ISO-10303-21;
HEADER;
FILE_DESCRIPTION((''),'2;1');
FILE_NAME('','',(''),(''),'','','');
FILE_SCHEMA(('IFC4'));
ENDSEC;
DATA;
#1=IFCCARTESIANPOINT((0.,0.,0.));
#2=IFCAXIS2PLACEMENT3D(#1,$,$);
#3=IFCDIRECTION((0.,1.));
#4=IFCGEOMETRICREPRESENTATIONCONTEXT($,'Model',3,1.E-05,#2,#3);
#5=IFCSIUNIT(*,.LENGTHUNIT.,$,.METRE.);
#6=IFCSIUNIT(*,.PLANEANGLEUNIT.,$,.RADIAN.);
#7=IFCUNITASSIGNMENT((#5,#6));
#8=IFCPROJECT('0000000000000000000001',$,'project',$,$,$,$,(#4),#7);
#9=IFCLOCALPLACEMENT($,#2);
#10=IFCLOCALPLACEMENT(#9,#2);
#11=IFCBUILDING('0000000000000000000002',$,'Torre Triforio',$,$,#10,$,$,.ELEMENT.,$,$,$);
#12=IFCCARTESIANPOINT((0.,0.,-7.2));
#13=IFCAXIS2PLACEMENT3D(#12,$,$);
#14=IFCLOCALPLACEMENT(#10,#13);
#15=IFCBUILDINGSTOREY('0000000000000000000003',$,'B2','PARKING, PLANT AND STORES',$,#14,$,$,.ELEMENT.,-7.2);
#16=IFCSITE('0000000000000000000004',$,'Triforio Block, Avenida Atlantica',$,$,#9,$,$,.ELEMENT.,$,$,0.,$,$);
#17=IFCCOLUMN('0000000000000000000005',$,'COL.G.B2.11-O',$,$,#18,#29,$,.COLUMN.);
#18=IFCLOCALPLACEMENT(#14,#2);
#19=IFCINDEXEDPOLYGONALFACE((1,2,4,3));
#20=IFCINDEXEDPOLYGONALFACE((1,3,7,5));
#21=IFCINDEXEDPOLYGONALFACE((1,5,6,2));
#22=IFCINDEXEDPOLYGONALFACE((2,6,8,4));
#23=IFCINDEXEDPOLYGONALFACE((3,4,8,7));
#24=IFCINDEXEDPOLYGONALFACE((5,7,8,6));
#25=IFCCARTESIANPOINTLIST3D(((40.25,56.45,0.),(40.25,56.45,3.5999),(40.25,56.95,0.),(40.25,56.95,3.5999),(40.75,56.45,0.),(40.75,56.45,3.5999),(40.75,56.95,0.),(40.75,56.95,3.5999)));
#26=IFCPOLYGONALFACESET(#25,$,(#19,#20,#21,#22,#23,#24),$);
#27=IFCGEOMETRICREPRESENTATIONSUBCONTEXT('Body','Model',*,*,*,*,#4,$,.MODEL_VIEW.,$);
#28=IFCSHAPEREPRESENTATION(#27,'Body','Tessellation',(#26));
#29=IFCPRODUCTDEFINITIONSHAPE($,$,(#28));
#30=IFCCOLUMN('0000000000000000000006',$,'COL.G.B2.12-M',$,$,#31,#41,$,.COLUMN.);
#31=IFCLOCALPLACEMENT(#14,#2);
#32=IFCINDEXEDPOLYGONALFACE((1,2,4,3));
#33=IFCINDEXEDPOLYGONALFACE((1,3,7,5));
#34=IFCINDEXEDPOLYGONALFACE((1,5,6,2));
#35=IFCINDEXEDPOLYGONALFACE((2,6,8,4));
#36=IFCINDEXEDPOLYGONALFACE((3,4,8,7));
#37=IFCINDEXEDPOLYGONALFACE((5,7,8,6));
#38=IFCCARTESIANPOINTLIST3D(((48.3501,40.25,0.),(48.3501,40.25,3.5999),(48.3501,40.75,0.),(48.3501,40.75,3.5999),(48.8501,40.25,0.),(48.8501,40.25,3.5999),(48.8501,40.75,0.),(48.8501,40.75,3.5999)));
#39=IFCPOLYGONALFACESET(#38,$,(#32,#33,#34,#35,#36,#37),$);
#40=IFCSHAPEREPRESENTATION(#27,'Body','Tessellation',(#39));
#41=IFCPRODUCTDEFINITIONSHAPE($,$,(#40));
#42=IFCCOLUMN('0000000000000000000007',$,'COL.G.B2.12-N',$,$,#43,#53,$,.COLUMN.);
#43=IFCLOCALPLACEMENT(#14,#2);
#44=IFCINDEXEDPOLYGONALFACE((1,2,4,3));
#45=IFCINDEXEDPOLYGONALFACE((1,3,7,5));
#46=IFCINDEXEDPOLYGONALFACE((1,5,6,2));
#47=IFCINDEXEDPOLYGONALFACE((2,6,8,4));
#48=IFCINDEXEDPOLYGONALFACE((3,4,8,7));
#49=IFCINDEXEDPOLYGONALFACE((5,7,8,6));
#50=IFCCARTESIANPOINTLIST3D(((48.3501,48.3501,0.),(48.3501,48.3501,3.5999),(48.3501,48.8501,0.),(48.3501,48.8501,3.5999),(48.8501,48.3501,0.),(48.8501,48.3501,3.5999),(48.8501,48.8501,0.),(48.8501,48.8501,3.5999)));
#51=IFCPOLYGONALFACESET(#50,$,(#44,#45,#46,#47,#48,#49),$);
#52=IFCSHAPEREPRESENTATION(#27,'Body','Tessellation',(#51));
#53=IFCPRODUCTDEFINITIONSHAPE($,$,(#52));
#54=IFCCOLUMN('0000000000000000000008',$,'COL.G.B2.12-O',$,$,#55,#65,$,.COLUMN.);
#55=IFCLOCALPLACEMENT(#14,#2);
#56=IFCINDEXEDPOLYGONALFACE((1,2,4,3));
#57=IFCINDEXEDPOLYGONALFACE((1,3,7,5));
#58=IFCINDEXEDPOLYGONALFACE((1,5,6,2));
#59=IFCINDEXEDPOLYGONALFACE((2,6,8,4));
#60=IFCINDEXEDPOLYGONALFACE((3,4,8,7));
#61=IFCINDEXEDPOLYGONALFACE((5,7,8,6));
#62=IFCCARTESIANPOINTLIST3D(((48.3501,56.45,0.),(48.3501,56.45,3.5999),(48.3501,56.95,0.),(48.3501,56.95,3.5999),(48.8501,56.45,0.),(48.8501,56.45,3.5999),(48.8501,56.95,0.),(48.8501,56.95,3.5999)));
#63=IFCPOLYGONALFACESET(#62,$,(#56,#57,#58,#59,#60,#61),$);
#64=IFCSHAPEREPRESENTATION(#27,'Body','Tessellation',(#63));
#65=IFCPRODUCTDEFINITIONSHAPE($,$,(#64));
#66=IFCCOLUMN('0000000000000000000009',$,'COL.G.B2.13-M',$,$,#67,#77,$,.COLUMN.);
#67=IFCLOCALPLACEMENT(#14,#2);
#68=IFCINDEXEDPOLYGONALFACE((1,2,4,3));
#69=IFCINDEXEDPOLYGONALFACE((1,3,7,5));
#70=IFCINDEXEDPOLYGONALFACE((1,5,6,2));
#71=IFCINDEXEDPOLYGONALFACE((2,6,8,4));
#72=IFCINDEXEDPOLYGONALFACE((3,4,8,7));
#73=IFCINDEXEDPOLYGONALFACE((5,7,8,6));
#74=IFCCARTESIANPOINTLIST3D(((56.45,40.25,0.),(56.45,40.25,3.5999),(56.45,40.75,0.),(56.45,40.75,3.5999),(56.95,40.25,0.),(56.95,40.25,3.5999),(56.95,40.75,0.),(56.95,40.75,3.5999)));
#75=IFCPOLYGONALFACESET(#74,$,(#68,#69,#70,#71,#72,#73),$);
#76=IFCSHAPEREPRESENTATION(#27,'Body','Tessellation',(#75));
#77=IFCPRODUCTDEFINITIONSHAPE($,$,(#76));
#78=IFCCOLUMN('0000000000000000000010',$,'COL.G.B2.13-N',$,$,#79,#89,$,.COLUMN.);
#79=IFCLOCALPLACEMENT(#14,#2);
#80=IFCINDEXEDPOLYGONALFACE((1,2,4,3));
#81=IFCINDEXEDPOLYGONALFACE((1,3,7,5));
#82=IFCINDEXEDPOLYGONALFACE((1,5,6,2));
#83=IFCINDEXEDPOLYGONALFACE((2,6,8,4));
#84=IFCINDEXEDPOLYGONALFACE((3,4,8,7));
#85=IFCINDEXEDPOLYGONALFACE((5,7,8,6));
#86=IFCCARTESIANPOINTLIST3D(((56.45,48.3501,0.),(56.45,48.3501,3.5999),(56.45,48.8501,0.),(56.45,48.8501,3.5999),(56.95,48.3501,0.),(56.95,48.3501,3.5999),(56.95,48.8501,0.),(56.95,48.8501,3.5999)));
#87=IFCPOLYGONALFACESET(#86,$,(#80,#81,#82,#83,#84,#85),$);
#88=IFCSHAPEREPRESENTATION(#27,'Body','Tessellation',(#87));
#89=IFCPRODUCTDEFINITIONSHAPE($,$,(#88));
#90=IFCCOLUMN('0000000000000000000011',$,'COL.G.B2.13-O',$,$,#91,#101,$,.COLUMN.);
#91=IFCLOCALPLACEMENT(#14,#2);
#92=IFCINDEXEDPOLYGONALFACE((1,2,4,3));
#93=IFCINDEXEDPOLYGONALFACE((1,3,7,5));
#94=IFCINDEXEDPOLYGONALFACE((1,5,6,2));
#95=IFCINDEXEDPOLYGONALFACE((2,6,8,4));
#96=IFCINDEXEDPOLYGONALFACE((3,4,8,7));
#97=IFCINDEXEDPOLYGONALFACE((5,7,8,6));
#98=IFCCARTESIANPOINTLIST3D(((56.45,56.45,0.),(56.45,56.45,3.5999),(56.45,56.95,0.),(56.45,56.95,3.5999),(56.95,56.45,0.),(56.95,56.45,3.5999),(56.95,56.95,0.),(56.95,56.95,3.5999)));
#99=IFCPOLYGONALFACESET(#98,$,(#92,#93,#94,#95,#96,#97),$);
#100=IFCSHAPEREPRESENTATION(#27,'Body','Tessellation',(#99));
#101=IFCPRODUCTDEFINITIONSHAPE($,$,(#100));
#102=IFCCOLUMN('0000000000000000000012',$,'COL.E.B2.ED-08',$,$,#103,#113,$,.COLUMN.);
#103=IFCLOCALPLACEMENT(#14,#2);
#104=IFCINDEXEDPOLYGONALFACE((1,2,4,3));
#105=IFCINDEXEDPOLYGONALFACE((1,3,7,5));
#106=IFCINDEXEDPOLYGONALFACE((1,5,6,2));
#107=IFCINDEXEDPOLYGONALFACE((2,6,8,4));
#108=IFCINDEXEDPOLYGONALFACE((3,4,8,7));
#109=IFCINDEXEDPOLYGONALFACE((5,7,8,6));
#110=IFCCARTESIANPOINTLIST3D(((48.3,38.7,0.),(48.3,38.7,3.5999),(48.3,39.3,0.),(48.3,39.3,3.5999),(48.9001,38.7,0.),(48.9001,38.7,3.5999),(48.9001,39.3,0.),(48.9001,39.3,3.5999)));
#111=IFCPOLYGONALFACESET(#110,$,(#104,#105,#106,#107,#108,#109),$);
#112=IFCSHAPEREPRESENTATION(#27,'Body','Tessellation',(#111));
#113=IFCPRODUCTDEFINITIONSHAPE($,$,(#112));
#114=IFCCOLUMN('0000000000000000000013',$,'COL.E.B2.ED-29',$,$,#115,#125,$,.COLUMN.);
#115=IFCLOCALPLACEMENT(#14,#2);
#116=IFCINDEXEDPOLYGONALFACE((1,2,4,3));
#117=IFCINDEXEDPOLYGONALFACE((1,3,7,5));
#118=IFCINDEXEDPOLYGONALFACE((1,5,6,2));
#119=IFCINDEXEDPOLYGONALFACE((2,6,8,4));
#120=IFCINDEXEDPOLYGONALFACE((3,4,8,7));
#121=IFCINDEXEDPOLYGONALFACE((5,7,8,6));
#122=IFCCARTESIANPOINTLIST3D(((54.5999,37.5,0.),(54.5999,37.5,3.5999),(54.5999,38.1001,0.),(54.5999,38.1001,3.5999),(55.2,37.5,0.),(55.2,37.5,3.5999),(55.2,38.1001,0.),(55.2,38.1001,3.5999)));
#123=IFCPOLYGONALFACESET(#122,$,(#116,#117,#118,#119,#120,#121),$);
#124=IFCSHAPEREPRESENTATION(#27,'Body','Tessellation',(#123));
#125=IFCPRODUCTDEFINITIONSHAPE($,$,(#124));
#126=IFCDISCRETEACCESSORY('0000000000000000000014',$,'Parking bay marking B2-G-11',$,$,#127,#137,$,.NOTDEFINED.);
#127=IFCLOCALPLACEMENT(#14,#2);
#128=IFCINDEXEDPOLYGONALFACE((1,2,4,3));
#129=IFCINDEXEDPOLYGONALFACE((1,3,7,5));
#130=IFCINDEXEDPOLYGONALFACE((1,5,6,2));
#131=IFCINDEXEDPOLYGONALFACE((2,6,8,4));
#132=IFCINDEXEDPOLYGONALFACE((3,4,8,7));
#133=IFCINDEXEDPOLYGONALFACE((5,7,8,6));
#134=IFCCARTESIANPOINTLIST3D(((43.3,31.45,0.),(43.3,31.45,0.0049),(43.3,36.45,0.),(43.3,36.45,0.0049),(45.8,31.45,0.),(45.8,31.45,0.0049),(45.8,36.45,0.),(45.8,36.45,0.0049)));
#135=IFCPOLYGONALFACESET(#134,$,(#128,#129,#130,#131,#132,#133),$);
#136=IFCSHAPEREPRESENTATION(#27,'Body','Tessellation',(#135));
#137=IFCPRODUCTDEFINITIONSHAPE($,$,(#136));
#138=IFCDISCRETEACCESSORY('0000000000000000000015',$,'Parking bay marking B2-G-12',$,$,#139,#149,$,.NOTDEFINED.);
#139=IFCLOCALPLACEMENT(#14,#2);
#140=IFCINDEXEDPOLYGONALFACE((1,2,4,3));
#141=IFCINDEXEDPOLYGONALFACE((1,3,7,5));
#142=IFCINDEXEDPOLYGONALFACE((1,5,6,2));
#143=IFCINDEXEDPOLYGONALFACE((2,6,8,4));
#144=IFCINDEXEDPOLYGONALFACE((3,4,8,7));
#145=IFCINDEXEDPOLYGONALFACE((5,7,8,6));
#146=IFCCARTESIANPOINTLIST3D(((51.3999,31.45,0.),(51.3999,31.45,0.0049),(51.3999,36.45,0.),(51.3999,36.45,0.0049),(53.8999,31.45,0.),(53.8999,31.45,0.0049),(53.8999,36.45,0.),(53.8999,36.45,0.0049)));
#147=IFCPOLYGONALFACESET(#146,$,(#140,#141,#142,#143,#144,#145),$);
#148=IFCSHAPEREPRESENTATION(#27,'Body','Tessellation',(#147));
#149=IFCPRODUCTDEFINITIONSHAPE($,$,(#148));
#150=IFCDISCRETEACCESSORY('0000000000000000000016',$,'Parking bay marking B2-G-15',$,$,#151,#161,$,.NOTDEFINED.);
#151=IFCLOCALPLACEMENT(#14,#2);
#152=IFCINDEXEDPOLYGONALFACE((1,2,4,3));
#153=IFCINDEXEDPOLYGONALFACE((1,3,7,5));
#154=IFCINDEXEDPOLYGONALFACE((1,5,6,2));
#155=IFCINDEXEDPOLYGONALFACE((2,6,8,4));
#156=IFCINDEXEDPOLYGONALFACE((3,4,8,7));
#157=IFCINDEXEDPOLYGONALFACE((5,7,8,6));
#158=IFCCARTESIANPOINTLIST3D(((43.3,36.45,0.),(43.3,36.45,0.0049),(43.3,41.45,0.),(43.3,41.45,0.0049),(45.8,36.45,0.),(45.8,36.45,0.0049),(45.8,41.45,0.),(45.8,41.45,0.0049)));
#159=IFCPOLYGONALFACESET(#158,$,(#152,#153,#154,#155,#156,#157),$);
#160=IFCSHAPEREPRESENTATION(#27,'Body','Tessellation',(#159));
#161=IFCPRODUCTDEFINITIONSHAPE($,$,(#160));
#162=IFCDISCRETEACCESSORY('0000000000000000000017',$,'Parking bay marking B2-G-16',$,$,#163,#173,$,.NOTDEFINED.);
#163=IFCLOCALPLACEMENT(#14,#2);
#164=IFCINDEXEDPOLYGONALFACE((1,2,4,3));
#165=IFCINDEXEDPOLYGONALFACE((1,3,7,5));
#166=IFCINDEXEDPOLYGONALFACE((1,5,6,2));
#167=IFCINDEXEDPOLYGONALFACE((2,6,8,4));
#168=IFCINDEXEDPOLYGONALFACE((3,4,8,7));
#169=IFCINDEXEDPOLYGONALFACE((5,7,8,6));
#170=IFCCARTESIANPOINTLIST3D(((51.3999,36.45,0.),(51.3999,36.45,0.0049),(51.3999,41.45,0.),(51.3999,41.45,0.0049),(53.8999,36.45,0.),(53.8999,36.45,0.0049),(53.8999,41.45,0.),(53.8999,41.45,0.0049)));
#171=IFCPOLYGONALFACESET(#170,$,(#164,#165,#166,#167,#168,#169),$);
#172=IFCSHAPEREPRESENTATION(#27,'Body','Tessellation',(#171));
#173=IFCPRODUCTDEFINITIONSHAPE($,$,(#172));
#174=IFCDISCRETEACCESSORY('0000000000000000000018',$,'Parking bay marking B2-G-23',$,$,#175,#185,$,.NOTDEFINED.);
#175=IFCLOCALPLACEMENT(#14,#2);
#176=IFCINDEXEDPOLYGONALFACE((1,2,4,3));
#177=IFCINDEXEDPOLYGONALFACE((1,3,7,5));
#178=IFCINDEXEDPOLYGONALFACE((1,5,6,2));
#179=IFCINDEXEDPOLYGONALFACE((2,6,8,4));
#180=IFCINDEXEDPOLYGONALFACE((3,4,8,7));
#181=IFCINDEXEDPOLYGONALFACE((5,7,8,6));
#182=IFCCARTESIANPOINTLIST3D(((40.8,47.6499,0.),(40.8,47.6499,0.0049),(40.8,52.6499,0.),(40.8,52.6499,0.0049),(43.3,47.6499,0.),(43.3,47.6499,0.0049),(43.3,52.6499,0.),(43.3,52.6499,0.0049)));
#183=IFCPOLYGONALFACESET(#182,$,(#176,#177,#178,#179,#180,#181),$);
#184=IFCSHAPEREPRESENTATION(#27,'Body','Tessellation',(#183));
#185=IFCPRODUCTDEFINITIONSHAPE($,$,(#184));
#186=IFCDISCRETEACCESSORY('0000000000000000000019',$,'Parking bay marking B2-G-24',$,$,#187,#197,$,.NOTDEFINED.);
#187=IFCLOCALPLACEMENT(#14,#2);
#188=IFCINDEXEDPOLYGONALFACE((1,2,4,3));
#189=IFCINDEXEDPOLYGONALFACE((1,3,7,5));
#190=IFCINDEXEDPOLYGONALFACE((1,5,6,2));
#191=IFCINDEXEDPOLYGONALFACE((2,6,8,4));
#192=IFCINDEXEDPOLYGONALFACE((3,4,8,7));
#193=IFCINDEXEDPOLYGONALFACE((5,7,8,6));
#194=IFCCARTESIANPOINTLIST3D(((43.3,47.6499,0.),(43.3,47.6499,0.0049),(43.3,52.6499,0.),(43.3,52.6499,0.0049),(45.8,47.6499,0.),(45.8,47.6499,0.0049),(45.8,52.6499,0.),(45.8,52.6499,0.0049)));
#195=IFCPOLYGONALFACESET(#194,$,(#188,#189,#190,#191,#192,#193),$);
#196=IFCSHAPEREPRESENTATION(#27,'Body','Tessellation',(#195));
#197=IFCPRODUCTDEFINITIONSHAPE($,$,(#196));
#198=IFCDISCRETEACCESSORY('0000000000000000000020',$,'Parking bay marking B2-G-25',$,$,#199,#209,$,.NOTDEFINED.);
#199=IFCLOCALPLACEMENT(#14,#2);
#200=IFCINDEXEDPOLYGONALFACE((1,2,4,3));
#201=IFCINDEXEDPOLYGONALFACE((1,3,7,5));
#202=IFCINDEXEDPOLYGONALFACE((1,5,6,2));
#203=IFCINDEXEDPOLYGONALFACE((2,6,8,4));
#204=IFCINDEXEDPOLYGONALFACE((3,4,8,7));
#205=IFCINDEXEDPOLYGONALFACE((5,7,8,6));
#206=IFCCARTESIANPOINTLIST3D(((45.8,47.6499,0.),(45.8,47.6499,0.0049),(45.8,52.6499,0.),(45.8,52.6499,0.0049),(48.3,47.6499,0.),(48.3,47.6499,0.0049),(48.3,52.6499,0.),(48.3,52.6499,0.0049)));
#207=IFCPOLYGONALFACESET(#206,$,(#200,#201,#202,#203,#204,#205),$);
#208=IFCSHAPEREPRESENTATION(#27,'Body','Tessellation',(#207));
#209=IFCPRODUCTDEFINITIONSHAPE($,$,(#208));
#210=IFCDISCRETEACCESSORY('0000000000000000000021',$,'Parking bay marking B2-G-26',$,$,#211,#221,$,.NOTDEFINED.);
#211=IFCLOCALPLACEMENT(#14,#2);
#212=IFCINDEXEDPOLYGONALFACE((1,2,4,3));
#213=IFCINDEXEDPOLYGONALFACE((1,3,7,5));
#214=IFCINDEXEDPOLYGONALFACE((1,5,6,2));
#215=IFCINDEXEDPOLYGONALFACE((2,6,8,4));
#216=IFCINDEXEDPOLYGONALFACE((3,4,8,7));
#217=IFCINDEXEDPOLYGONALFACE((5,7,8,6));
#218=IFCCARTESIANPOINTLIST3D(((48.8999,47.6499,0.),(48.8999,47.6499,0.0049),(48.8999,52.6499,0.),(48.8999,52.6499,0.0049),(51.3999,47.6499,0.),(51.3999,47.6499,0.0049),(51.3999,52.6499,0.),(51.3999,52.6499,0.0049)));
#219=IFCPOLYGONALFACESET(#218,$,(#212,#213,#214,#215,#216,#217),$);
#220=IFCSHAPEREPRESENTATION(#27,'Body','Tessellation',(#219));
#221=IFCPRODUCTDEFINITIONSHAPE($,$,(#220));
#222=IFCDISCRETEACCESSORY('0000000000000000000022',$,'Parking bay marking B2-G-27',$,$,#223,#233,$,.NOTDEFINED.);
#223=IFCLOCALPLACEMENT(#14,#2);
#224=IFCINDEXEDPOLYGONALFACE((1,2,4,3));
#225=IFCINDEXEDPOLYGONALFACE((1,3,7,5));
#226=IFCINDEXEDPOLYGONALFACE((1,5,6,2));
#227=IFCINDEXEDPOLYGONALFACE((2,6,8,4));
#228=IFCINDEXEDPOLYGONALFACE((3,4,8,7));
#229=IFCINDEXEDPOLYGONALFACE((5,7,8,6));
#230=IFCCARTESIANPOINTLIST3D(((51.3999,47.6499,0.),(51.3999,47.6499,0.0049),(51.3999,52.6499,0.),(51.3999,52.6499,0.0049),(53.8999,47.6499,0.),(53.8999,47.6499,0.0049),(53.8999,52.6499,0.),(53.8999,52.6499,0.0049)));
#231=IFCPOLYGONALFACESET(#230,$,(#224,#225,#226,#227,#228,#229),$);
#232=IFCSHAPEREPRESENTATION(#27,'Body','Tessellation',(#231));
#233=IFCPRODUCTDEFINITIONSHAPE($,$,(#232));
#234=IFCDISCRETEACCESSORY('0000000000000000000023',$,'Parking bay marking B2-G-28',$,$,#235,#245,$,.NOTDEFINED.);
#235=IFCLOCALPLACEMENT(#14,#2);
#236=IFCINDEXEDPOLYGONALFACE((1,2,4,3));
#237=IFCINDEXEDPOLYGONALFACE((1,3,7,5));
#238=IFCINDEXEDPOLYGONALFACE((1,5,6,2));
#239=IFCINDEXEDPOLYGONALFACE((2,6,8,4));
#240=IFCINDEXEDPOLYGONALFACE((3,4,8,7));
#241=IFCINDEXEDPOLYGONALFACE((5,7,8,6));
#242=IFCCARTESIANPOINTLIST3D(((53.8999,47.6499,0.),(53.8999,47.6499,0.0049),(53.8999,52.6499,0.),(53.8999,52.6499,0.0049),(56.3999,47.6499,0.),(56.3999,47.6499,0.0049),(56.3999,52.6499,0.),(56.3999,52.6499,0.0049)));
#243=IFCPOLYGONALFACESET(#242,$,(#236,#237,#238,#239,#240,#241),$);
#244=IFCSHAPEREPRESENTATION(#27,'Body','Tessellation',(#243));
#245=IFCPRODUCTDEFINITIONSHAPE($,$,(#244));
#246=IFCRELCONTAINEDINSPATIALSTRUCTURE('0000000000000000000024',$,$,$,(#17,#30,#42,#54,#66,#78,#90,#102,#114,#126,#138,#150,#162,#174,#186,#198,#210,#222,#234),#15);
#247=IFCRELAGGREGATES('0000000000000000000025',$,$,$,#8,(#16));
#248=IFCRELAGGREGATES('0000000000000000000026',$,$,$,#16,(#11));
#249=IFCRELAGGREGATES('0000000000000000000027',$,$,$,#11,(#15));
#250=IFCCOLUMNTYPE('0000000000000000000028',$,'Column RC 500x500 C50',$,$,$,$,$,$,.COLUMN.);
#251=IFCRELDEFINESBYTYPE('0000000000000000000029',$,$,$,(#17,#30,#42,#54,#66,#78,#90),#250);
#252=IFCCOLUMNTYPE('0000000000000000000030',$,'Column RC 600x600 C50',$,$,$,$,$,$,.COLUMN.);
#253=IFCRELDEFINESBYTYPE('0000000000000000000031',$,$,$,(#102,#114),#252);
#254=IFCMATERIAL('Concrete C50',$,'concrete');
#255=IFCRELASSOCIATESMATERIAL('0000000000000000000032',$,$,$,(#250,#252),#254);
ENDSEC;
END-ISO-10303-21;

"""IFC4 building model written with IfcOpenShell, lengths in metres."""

from ifc_helpers import new_model, si_unit, direction, frame, origin, origin_2d, place, context, subcontext, project, spatial, rectangle, extrude, material, material_profile, profile_set, type_object, element, save


model = new_model("IFC4")

# Units and contexts
model_context = context("Model", 3, precision=1e-05, world=origin(), true_north=direction((0.0, 1.0)))
body_context = subcontext(model_context, "Body", "Model", "MODEL_VIEW")
ifc_project = project(units=[si_unit("LENGTHUNIT", "METRE"), si_unit("PLANEANGLEUNIT", "RADIAN")], contexts=[model_context])

# Site, building, storey
site_placement = place(None, origin())
site = spatial("IfcSite", under=ifc_project, at=site_placement, Name="Triforio Block, Avenida Atlantica", CompositionType="ELEMENT", RefElevation=0.0)
building_placement = place(site_placement, origin())
building = spatial("IfcBuilding", under=site, at=building_placement, Name="Torre Triforio", CompositionType="ELEMENT")
storey_placement = place(building_placement, frame((0.0, 0.0, -7.2)))
storey = spatial("IfcBuildingStorey", under=building, at=storey_placement, Name="B2", Description="PARKING, PLANT AND STORES", CompositionType="ELEMENT", Elevation=-7.2)

# Columns
ifc_material = material(Name="Concrete C50", Category="concrete")
ifc_material_profile_1 = material_profile(ifc_material, rectangle(XDim=0.5, YDim=0.5, at=origin_2d()), Name="RC 500x500")
ifc_profile_set_1 = profile_set([ifc_material_profile_1], Name="Concrete C50")
column_type_1 = type_object("IfcColumnType", Name="Column RC 500x500 C50", PredefinedType="COLUMN", material=ifc_profile_set_1)
for number, where, z_axis, x_axis, name in (
    (1, (40.5, 56.7, 0.0), (0.0, 0.0, 1.0), (1.0, 0.0, 0.0), "COL.G.B2.11-O"),
    (2, (48.6001, 40.5, 0.0), (0.0, 0.0, 1.0), (1.0, 0.0, 0.0), "COL.G.B2.12-M"),
    (3, (48.6001, 48.6001, 0.0), (0.0, 0.0, 1.0), (1.0, 0.0, 0.0), "COL.G.B2.12-N"),
    (4, (48.6001, 56.7, 0.0), (0.0, 0.0, 1.0), (1.0, 0.0, 0.0), "COL.G.B2.12-O"),
    (5, (56.7, 40.5, 0.0), (0.0, 0.0, 1.0), (1.0, 0.0, 0.0), "COL.G.B2.13-M"),
    (6, (56.7, 48.6001, 0.0), (0.0, 0.0, 1.0), (1.0, 0.0, 0.0), "COL.G.B2.13-N"),
    (7, (56.7, 56.7, 0.0), (0.0, 0.0, 1.0), (1.0, 0.0, 0.0), "COL.G.B2.13-O"),
):
    element("IfcColumn", number, at=place(storey_placement, frame(where, z_axis=z_axis, x_axis=x_axis)), inside=storey, type_object=column_type_1, Name=name, PredefinedType="COLUMN", context=body_context, shape_type="SweptSolid", body=[
        extrude(rectangle(XDim=0.5, YDim=0.5, at=origin_2d()), origin(), (0.0, 0.0, 1.0), 3.5999),
    ])
ifc_material_profile_2 = material_profile(ifc_material, rectangle(XDim=0.6001, YDim=0.6001, at=origin_2d()), Name="RC 600x600")
ifc_profile_set_2 = profile_set([ifc_material_profile_2], Name="Concrete C50")
column_type_2 = type_object("IfcColumnType", Name="Column RC 600x600 C50", PredefinedType="COLUMN", material=ifc_profile_set_2)
for number, where, z_axis, x_axis, name in (
    (8, (48.6001, 39.0, 0.0), (0.0, 0.0, 1.0), (1.0, 0.0, 0.0), "COL.E.B2.ED-08"),
    (9, (54.8999, 37.8, 0.0), (0.0, 0.0, 1.0), (1.0, 0.0, 0.0), "COL.E.B2.ED-29"),
):
    element("IfcColumn", number, at=place(storey_placement, frame(where, z_axis=z_axis, x_axis=x_axis)), inside=storey, type_object=column_type_2, Name=name, PredefinedType="COLUMN", context=body_context, shape_type="SweptSolid", body=[
        extrude(rectangle(XDim=0.6001, YDim=0.6001, at=origin_2d()), origin(), (0.0, 0.0, 1.0), 3.5999),
    ])

# Discrete accessories
for number, where, z_axis, x_axis, name in (
    (10, (44.55, 33.95, 0.0), (0.0, 0.0, 1.0), (1.0, 0.0, 0.0), "Parking bay marking B2-G-11"),
    (11, (52.6499, 33.95, 0.0), (0.0, 0.0, 1.0), (1.0, 0.0, 0.0), "Parking bay marking B2-G-12"),
    (12, (44.55, 38.95, 0.0), (0.0, 0.0, 1.0), (1.0, 0.0, 0.0), "Parking bay marking B2-G-15"),
    (13, (52.6499, 38.95, 0.0), (0.0, 0.0, 1.0), (1.0, 0.0, 0.0), "Parking bay marking B2-G-16"),
    (14, (42.05, 50.1499, 0.0), (0.0, 0.0, 1.0), (1.0, 0.0, 0.0), "Parking bay marking B2-G-23"),
    (15, (44.55, 50.1499, 0.0), (0.0, 0.0, 1.0), (1.0, 0.0, 0.0), "Parking bay marking B2-G-24"),
    (16, (47.05, 50.1499, 0.0), (0.0, 0.0, 1.0), (1.0, 0.0, 0.0), "Parking bay marking B2-G-25"),
    (17, (50.1499, 50.1499, 0.0), (0.0, 0.0, 1.0), (1.0, 0.0, 0.0), "Parking bay marking B2-G-26"),
    (18, (52.6499, 50.1499, 0.0), (0.0, 0.0, 1.0), (1.0, 0.0, 0.0), "Parking bay marking B2-G-27"),
    (19, (55.1499, 50.1499, 0.0), (0.0, 0.0, 1.0), (1.0, 0.0, 0.0), "Parking bay marking B2-G-28"),
):
    element("IfcDiscreteAccessory", number, at=place(storey_placement, frame(where, z_axis=z_axis, x_axis=x_axis)), inside=storey, Name=name, PredefinedType="NOTDEFINED", context=body_context, shape_type="SweptSolid", body=[
        extrude(rectangle(XDim=2.5, YDim=5.0, at=origin_2d()), origin(), (0.0, 0.0, 1.0), 0.0049),
    ])

save(model, "model.ifc")
